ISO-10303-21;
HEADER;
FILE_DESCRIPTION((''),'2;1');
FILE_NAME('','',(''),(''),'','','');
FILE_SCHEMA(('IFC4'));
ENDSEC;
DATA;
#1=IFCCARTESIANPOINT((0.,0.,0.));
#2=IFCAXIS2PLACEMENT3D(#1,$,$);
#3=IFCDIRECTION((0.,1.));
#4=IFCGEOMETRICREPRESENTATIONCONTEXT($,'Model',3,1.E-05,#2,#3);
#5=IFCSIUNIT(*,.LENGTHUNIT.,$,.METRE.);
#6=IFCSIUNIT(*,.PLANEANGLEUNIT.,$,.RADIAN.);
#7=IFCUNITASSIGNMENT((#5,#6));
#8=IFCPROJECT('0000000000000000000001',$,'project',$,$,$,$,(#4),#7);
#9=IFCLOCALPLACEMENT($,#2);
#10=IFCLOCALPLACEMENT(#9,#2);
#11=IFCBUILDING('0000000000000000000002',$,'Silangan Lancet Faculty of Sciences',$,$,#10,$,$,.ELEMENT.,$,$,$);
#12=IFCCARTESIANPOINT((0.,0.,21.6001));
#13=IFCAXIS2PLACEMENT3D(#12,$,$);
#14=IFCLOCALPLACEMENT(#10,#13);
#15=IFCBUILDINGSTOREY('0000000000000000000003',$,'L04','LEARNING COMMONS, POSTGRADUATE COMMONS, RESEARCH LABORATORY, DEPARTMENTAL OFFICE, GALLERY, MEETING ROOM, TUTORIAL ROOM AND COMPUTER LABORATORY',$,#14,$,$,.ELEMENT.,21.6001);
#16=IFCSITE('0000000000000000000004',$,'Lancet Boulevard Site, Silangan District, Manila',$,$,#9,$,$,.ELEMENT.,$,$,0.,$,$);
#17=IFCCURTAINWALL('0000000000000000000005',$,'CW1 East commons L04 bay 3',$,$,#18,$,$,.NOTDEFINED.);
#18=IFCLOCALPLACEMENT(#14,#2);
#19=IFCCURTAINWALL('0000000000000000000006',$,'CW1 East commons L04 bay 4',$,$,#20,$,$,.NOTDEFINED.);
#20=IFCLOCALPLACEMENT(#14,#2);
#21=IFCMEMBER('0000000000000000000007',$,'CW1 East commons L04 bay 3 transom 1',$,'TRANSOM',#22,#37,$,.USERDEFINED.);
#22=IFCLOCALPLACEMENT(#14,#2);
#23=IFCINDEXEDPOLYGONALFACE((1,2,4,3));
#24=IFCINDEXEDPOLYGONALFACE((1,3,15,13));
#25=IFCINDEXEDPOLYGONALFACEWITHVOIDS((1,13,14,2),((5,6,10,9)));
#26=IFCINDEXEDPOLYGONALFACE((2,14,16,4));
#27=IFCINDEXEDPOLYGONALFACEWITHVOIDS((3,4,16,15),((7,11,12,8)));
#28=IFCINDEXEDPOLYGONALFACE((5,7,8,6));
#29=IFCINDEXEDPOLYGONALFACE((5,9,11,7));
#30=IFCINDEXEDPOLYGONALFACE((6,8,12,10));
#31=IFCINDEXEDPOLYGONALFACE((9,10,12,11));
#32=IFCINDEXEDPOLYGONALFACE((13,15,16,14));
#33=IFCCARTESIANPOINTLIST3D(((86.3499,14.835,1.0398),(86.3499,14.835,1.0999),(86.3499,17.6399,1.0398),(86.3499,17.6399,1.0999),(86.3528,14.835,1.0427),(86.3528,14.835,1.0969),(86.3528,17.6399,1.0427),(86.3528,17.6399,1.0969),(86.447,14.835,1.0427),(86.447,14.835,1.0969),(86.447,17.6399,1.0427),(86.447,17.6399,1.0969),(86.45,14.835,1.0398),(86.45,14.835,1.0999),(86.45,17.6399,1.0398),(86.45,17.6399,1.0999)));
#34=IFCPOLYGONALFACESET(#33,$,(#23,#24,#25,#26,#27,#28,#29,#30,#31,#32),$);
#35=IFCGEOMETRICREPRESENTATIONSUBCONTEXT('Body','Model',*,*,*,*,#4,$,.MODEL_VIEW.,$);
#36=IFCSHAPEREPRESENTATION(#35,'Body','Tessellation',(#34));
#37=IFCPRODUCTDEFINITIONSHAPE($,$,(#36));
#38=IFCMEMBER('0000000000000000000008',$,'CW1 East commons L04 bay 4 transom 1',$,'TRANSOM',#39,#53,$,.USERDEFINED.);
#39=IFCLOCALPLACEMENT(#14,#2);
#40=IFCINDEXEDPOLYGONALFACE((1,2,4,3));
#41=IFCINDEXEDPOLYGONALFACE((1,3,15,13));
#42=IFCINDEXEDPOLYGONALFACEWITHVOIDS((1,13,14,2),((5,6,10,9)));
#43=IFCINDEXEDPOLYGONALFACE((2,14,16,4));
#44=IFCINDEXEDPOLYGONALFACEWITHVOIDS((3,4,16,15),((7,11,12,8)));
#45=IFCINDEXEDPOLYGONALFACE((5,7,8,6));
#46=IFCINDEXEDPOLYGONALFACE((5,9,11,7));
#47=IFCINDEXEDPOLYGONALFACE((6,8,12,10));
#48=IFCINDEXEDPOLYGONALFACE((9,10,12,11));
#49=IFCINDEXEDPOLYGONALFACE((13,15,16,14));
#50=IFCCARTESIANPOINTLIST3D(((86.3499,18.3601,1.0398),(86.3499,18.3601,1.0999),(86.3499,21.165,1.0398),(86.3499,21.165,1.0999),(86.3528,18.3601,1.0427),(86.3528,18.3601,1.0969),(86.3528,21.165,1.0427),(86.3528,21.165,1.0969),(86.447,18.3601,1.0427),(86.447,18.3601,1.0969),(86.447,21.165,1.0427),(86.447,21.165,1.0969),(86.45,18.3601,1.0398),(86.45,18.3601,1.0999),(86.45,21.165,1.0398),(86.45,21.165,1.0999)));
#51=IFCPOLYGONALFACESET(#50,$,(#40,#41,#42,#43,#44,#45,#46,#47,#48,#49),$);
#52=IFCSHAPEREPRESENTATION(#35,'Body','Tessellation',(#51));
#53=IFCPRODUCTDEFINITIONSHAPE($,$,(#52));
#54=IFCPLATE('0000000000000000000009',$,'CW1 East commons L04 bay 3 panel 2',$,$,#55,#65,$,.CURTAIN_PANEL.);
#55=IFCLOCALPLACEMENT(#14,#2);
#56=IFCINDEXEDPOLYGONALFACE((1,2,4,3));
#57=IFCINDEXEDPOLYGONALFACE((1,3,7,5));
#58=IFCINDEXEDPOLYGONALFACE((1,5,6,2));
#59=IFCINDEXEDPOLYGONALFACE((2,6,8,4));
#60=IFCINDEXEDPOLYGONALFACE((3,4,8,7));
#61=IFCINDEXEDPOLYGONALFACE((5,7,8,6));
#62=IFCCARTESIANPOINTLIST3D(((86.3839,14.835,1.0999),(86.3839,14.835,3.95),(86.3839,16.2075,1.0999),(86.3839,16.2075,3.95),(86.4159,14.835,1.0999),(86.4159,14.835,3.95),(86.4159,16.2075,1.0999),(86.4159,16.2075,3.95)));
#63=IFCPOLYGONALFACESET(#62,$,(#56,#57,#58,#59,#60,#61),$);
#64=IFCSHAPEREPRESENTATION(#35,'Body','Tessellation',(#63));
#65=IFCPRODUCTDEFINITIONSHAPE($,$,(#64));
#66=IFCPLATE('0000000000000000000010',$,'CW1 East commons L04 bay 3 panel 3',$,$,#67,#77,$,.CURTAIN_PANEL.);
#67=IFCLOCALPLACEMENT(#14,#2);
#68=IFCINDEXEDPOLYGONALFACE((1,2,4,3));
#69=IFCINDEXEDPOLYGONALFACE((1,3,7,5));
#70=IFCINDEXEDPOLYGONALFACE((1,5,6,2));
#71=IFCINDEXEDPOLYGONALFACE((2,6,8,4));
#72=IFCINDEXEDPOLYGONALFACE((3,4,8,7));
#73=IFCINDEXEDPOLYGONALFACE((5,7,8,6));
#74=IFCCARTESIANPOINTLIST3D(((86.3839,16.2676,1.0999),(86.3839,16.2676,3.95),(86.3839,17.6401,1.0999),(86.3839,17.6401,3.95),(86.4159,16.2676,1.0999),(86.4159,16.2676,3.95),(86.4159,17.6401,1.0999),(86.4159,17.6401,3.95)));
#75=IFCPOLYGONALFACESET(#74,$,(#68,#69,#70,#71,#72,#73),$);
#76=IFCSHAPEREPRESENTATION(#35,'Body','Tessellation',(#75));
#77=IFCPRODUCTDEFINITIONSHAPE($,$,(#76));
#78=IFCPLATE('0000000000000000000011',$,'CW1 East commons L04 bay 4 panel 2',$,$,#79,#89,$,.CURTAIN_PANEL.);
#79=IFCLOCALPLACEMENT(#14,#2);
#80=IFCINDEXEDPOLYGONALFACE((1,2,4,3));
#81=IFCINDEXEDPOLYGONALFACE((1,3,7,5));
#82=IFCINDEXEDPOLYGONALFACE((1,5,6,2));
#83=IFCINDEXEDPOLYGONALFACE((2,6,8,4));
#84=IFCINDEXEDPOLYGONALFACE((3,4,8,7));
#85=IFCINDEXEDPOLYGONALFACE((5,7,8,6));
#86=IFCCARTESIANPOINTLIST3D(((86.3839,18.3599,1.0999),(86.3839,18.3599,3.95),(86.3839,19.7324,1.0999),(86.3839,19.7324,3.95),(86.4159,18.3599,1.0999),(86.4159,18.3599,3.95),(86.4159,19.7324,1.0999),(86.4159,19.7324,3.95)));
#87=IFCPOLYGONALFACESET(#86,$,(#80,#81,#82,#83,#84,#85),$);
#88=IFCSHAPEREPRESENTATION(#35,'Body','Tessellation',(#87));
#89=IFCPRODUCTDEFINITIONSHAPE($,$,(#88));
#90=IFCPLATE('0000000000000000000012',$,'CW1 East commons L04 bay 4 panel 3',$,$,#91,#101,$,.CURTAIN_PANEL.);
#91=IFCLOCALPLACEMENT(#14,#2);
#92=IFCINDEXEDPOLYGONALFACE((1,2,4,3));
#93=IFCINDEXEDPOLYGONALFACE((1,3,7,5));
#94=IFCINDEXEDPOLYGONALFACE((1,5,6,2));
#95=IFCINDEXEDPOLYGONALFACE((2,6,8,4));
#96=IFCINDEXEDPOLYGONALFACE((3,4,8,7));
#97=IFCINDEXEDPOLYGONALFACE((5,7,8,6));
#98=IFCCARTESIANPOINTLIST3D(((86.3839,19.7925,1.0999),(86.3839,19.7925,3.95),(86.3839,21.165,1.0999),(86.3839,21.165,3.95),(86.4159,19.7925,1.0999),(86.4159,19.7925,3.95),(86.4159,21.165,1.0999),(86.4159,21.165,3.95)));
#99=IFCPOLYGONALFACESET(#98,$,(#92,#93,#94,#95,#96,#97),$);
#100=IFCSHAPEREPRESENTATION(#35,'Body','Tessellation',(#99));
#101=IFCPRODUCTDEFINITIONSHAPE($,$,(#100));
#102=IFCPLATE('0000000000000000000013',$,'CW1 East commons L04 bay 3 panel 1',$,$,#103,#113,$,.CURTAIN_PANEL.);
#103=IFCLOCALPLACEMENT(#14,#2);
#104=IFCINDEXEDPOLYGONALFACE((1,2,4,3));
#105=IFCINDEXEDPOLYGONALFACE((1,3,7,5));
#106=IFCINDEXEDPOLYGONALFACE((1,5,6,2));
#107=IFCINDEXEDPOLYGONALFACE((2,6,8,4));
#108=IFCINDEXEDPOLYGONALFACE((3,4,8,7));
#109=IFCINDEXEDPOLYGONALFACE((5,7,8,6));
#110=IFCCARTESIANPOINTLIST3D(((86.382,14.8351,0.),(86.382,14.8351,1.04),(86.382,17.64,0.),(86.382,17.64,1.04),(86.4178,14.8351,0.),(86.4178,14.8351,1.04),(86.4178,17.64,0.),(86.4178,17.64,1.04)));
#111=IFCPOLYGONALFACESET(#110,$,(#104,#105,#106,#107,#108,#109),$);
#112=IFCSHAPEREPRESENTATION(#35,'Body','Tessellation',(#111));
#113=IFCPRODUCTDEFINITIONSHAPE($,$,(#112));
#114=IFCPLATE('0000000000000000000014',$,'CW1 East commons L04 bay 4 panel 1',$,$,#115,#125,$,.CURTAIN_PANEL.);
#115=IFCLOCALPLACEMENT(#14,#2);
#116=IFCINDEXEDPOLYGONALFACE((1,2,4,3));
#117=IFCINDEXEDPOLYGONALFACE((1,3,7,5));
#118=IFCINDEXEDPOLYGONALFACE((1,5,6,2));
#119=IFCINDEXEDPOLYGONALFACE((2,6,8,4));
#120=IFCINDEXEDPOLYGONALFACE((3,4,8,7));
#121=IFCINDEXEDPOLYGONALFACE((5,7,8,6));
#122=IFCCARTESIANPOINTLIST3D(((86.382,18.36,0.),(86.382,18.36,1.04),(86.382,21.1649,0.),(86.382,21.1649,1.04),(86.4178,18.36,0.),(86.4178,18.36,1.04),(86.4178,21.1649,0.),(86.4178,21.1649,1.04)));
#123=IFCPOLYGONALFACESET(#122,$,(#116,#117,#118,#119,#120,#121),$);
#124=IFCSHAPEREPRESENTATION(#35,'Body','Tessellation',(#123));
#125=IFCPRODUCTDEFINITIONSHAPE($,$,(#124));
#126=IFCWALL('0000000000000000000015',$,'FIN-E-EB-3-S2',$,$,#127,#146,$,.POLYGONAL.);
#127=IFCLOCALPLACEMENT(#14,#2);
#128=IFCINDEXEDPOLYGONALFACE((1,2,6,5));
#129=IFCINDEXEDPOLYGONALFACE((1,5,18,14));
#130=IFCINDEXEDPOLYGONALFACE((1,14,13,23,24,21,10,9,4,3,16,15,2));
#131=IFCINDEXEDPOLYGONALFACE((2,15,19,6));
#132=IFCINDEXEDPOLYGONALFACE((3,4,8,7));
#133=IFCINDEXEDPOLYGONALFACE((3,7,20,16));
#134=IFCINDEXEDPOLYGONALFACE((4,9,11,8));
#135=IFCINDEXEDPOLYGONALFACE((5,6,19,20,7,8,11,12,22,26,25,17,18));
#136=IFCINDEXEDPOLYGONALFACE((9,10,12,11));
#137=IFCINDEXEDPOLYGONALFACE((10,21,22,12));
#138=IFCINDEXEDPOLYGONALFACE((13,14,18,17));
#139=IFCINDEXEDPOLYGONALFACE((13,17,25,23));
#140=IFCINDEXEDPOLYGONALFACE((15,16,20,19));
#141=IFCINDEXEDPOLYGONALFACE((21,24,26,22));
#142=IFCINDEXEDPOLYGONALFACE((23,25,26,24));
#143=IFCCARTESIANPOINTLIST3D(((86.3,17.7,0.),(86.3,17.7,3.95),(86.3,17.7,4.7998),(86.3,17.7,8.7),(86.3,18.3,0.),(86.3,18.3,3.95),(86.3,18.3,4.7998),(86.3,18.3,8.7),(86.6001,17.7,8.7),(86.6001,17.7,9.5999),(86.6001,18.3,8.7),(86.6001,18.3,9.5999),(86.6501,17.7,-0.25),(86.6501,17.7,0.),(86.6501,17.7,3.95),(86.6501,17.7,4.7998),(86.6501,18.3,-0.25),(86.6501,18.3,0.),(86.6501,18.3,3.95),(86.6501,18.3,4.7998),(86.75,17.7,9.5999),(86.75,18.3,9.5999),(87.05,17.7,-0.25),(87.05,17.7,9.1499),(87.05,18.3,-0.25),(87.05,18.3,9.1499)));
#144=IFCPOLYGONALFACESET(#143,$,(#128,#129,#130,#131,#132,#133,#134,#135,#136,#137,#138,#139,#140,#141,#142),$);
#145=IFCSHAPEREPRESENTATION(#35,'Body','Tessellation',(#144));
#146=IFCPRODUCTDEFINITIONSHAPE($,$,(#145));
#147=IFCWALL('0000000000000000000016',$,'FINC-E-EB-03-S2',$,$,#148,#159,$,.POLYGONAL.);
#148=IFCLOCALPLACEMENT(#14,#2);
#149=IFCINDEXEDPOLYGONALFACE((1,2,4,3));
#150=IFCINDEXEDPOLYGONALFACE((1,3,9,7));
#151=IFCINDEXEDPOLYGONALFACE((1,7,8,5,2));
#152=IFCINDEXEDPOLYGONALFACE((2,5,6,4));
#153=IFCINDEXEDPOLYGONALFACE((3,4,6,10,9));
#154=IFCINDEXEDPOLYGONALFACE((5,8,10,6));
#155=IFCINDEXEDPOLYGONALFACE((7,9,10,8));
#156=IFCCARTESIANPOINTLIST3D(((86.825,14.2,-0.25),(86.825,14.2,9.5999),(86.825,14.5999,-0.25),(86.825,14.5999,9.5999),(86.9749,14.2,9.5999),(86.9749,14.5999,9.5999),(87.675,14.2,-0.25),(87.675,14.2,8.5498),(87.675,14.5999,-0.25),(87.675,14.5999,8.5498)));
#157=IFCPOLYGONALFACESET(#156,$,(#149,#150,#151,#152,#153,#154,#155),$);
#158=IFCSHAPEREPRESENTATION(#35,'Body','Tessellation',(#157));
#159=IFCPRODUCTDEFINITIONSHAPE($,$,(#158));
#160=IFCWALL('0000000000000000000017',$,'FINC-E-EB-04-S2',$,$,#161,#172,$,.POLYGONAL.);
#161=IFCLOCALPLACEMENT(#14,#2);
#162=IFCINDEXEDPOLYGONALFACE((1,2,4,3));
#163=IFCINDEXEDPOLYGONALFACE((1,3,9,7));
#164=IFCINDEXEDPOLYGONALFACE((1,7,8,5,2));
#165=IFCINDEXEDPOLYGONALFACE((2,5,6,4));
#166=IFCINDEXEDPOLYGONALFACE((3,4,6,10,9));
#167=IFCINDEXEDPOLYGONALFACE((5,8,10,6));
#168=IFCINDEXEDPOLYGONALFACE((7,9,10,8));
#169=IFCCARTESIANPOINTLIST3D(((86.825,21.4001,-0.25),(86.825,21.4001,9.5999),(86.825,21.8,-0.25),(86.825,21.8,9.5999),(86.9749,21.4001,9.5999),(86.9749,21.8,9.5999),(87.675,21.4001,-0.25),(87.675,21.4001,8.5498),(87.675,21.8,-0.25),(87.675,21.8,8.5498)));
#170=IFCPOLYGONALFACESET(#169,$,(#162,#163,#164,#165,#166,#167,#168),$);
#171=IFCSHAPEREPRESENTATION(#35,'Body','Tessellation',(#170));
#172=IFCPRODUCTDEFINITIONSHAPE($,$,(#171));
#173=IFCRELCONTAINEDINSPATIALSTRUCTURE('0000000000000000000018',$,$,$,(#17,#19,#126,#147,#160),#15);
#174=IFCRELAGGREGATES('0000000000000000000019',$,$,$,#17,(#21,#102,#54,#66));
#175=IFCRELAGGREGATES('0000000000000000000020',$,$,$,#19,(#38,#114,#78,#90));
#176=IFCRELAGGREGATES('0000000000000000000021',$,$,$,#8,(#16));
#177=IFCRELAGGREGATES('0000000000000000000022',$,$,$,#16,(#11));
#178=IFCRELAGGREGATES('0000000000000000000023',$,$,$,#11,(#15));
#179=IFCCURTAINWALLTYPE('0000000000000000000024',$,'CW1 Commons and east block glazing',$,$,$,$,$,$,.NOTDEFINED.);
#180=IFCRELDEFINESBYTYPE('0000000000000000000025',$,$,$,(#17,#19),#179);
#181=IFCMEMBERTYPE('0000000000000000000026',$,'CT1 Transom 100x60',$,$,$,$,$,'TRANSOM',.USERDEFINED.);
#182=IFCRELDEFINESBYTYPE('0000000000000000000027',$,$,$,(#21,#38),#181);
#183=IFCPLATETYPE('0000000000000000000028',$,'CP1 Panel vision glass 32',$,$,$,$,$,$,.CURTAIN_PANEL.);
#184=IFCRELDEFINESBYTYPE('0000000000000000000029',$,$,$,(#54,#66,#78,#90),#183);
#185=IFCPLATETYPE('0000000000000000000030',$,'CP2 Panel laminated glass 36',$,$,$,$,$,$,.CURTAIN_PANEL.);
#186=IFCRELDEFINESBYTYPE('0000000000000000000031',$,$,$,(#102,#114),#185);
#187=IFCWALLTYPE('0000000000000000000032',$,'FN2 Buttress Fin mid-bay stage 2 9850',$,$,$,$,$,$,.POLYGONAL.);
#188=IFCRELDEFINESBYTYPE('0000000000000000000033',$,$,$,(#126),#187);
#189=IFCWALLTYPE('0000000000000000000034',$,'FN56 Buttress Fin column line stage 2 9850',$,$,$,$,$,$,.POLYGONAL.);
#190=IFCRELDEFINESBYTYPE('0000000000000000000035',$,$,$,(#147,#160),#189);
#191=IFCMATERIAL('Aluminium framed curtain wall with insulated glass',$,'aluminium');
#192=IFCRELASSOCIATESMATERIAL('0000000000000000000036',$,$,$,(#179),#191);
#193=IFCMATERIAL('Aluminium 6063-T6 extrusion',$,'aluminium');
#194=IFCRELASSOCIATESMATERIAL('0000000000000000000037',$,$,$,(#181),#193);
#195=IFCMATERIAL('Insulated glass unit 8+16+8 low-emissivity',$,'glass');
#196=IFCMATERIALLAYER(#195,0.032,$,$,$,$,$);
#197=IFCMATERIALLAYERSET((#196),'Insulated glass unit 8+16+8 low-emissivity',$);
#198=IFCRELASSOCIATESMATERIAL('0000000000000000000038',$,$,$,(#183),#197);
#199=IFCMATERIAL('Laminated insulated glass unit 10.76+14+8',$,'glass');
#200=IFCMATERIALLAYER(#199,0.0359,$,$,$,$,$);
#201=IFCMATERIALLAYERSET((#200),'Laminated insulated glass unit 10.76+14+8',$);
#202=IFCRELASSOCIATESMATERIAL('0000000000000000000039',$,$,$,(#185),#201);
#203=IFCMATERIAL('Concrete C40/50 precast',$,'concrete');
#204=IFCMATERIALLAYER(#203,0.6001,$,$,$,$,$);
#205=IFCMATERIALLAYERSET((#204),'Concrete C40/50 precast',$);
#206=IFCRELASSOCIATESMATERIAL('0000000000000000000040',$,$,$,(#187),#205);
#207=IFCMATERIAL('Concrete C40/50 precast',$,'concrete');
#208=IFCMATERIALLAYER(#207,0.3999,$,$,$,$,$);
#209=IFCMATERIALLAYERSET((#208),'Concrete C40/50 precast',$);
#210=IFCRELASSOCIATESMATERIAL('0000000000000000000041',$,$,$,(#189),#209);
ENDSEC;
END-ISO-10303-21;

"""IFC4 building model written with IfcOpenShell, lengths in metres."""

from ifc_helpers import new_model, si_unit, direction, frame, origin, origin_2d, place, context, subcontext, project, spatial, polyline, rectangle, hollow_rectangle, outline, extrude, material, layer, layer_set, material_profile, profile_set, type_object, element, aggregate, save


model = new_model("IFC4")

# Units and contexts
model_context = context("Model", 3, precision=1e-05, world=origin(), true_north=direction((0.0, 1.0)))
body_context = subcontext(model_context, "Body", "Model", "MODEL_VIEW")
ifc_project = project(units=[si_unit("LENGTHUNIT", "METRE"), si_unit("PLANEANGLEUNIT", "RADIAN")], contexts=[model_context])

# Site, building, storey
site_placement = place(None, origin())
site = spatial("IfcSite", under=ifc_project, at=site_placement, Name="Lancet Boulevard Site, Silangan District, Manila", CompositionType="ELEMENT", RefElevation=0.0)
building_placement = place(site_placement, origin())
building = spatial("IfcBuilding", under=site, at=building_placement, Name="Silangan Lancet Faculty of Sciences", CompositionType="ELEMENT")
storey_placement = place(building_placement, frame((0.0, 0.0, 21.6001)))
storey = spatial("IfcBuildingStorey", under=building, at=storey_placement, Name="L04", Description="LEARNING COMMONS, POSTGRADUATE COMMONS, RESEARCH LABORATORY, DEPARTMENTAL OFFICE, GALLERY, MEETING ROOM, TUTORIAL ROOM AND COMPUTER LABORATORY", CompositionType="ELEMENT", Elevation=21.6001)

# Curtain walls
ifc_material_1 = material(Name="Aluminium framed curtain wall with insulated glass", Category="aluminium")
curtain_wall_type = type_object("IfcCurtainWallType", Name="CW1 Commons and east block glazing", PredefinedType="NOTDEFINED", material=ifc_material_1)
curtain_wall_1_placement = place(storey_placement, origin())
curtain_wall_1 = element("IfcCurtainWall", 1, at=curtain_wall_1_placement, inside=storey, type_object=curtain_wall_type, Name="CW1 East commons L04 bay 3", PredefinedType="NOTDEFINED")
curtain_wall_2_placement = place(storey_placement, origin())
curtain_wall_2 = element("IfcCurtainWall", 2, at=curtain_wall_2_placement, inside=storey, type_object=curtain_wall_type, Name="CW1 East commons L04 bay 4", PredefinedType="NOTDEFINED")

# Members
ifc_material_2 = material(Name="Aluminium 6063-T6 extrusion", Category="aluminium")
ifc_material_profile_1 = material_profile(ifc_material_2, hollow_rectangle(XDim=0.1001, YDim=0.0601, WallThickness=0.0029, at=origin_2d()), Name="AL BOX 100x60x3")
ifc_profile_set_1 = profile_set([ifc_material_profile_1], Name="Aluminium 6063-T6 extrusion")
member_type_1 = type_object("IfcMemberType", Name="CT1 Transom 100x60", ElementType="TRANSOM", PredefinedType="USERDEFINED", material=ifc_profile_set_1)
member_1_placement = place(storey_placement, frame((86.3999, 14.835, 1.0698), z_axis=(0.0, 1.0, 0.0), x_axis=(-1.0, 0.0, 0.0)))
member_1 = element("IfcMember", 3, at=member_1_placement, type_object=member_type_1, Name="CW1 East commons L04 bay 3 transom 1", ObjectType="TRANSOM", PredefinedType="USERDEFINED", context=body_context, shape_type="SweptSolid", body=[
    extrude(hollow_rectangle(XDim=0.1001, YDim=0.0601, WallThickness=0.0029, at=origin_2d()), origin(), (0.0, 0.0, 1.0), 2.8049),
])
member_2_placement = place(storey_placement, frame((86.3999, 18.3601, 1.0698), z_axis=(0.0, 1.0, 0.0), x_axis=(-1.0, 0.0, 0.0)))
member_2 = element("IfcMember", 4, at=member_2_placement, type_object=member_type_1, Name="CW1 East commons L04 bay 4 transom 1", ObjectType="TRANSOM", PredefinedType="USERDEFINED", context=body_context, shape_type="SweptSolid", body=[
    extrude(hollow_rectangle(XDim=0.1001, YDim=0.0601, WallThickness=0.0029, at=origin_2d()), origin(), (0.0, 0.0, 1.0), 2.8049),
])

# Plates
ifc_material_3 = material(Name="Insulated glass unit 8+16+8 low-emissivity", Category="glass")
ifc_layer_1 = layer(ifc_material_3, 0.032)
ifc_layer_set_1 = layer_set([ifc_layer_1], Name="Insulated glass unit 8+16+8 low-emissivity")
plate_type_1 = type_object("IfcPlateType", Name="CP1 Panel vision glass 32", PredefinedType="CURTAIN_PANEL", material=ifc_layer_set_1)
plate_1_placement = place(storey_placement, frame((86.3999, 15.5212, 1.0999), z_axis=(0.0, 0.0, 1.0), x_axis=(0.0, 1.0, 0.0)))
plate_1 = element("IfcPlate", 5, at=plate_1_placement, type_object=plate_type_1, Name="CW1 East commons L04 bay 3 panel 2", PredefinedType="CURTAIN_PANEL", context=body_context, shape_type="SweptSolid", body=[
    extrude(rectangle(XDim=1.3726, YDim=0.032, at=origin_2d()), origin(), (0.0, 0.0, 1.0), 2.8501),
])
plate_2_placement = place(storey_placement, frame((86.3999, 16.9539, 1.0999), z_axis=(0.0, 0.0, 1.0), x_axis=(0.0, 1.0, 0.0)))
plate_2 = element("IfcPlate", 6, at=plate_2_placement, type_object=plate_type_1, Name="CW1 East commons L04 bay 3 panel 3", PredefinedType="CURTAIN_PANEL", context=body_context, shape_type="SweptSolid", body=[
    extrude(rectangle(XDim=1.3726, YDim=0.032, at=origin_2d()), origin(), (0.0, 0.0, 1.0), 2.8501),
])
plate_3_placement = place(storey_placement, frame((86.3999, 19.0461, 1.0999), z_axis=(0.0, 0.0, 1.0), x_axis=(0.0, 1.0, 0.0)))
plate_3 = element("IfcPlate", 7, at=plate_3_placement, type_object=plate_type_1, Name="CW1 East commons L04 bay 4 panel 2", PredefinedType="CURTAIN_PANEL", context=body_context, shape_type="SweptSolid", body=[
    extrude(rectangle(XDim=1.3726, YDim=0.032, at=origin_2d()), origin(), (0.0, 0.0, 1.0), 2.8501),
])
plate_4_placement = place(storey_placement, frame((86.3999, 20.4788, 1.0999), z_axis=(0.0, 0.0, 1.0), x_axis=(0.0, 1.0, 0.0)))
plate_4 = element("IfcPlate", 8, at=plate_4_placement, type_object=plate_type_1, Name="CW1 East commons L04 bay 4 panel 3", PredefinedType="CURTAIN_PANEL", context=body_context, shape_type="SweptSolid", body=[
    extrude(rectangle(XDim=1.3726, YDim=0.032, at=origin_2d()), origin(), (0.0, 0.0, 1.0), 2.8501),
])
ifc_material_4 = material(Name="Laminated insulated glass unit 10.76+14+8", Category="glass")
ifc_layer_2 = layer(ifc_material_4, 0.0359)
ifc_layer_set_2 = layer_set([ifc_layer_2], Name="Laminated insulated glass unit 10.76+14+8")
plate_type_2 = type_object("IfcPlateType", Name="CP2 Panel laminated glass 36", PredefinedType="CURTAIN_PANEL", material=ifc_layer_set_2)
plate_5_placement = place(storey_placement, frame((86.3999, 16.2375, 0.0), z_axis=(0.0, 0.0, 1.0), x_axis=(0.0, 1.0, 0.0)))
plate_5 = element("IfcPlate", 9, at=plate_5_placement, type_object=plate_type_2, Name="CW1 East commons L04 bay 3 panel 1", PredefinedType="CURTAIN_PANEL", context=body_context, shape_type="SweptSolid", body=[
    extrude(rectangle(XDim=2.8049, YDim=0.0359, at=origin_2d()), origin(), (0.0, 0.0, 1.0), 1.04),
])
aggregate(curtain_wall_1, [member_1, plate_5, plate_1, plate_2])
plate_6_placement = place(storey_placement, frame((86.3999, 19.7625, 0.0), z_axis=(0.0, 0.0, 1.0), x_axis=(0.0, 1.0, 0.0)))
plate_6 = element("IfcPlate", 10, at=plate_6_placement, type_object=plate_type_2, Name="CW1 East commons L04 bay 4 panel 1", PredefinedType="CURTAIN_PANEL", context=body_context, shape_type="SweptSolid", body=[
    extrude(rectangle(XDim=2.8049, YDim=0.0359, at=origin_2d()), origin(), (0.0, 0.0, 1.0), 1.04),
])
aggregate(curtain_wall_2, [member_2, plate_6, plate_3, plate_4])

# Walls
ifc_material_5 = material(Name="Concrete C40/50 precast", Category="concrete")
ifc_layer_3 = layer(ifc_material_5, 0.6001)
ifc_layer_set_3 = layer_set([ifc_layer_3], Name="Concrete C40/50 precast")
wall_type_1 = type_object("IfcWallType", Name="FN2 Buttress Fin mid-bay stage 2 9850", PredefinedType="POLYGONAL", material=ifc_layer_set_3)
wall_1_placement = place(storey_placement, frame((86.3, 18.0, -0.25), z_axis=(0.0, 0.0, 1.0), x_axis=(1.0, 0.0, 0.0)))
element("IfcWall", 11, at=wall_1_placement, inside=storey, type_object=wall_type_1, Name="FIN-E-EB-3-S2", PredefinedType="POLYGONAL", context=body_context, shape_type="SweptSolid", body=[
    extrude(outline(polyline([(0.75, 0.0), (0.75, 9.3999), (0.45, 9.8499), (0.3, 9.8499), (0.3, 8.95), (0.0, 8.95), (0.0, 5.0498), (0.3501, 5.0498), (0.3501, 4.2), (0.0, 4.2), (0.0, 0.25), (0.3501, 0.25), (0.3501, 0.0), (0.75, 0.0)])), frame((0.0, 0.3, 0.0), z_axis=(0.0, -1.0, 0.0), x_axis=(1.0, 0.0, 0.0)), (0.0, 0.0, 1.0), 0.6001),
])
ifc_material_6 = material(Name="Concrete C40/50 precast", Category="concrete")
ifc_layer_4 = layer(ifc_material_6, 0.3999)
ifc_layer_set_4 = layer_set([ifc_layer_4], Name="Concrete C40/50 precast")
wall_type_2 = type_object("IfcWallType", Name="FN56 Buttress Fin column line stage 2 9850", PredefinedType="POLYGONAL", material=ifc_layer_set_4)
for number, where, z_axis, x_axis, name in (
    (12, (86.825, 14.3999, -0.25), (0.0, 0.0, 1.0), (1.0, 0.0, 0.0), "FINC-E-EB-03-S2"),
    (13, (86.825, 21.6001, -0.25), (0.0, 0.0, 1.0), (1.0, 0.0, 0.0), "FINC-E-EB-04-S2"),
):
    element("IfcWall", number, at=place(storey_placement, frame(where, z_axis=z_axis, x_axis=x_axis)), inside=storey, type_object=wall_type_2, Name=name, PredefinedType="POLYGONAL", context=body_context, shape_type="SweptSolid", body=[
        extrude(outline(polyline([(0.8501, 0.0), (0.8501, 8.7998), (0.1499, 9.8499), (0.0, 9.8499), (0.0, 0.0), (0.8501, 0.0)])), frame((0.0, 0.2, 0.0), z_axis=(0.0, -1.0, 0.0), x_axis=(1.0, 0.0, 0.0)), (0.0, 0.0, 1.0), 0.3999),
    ])

save(model, "model.ifc")
